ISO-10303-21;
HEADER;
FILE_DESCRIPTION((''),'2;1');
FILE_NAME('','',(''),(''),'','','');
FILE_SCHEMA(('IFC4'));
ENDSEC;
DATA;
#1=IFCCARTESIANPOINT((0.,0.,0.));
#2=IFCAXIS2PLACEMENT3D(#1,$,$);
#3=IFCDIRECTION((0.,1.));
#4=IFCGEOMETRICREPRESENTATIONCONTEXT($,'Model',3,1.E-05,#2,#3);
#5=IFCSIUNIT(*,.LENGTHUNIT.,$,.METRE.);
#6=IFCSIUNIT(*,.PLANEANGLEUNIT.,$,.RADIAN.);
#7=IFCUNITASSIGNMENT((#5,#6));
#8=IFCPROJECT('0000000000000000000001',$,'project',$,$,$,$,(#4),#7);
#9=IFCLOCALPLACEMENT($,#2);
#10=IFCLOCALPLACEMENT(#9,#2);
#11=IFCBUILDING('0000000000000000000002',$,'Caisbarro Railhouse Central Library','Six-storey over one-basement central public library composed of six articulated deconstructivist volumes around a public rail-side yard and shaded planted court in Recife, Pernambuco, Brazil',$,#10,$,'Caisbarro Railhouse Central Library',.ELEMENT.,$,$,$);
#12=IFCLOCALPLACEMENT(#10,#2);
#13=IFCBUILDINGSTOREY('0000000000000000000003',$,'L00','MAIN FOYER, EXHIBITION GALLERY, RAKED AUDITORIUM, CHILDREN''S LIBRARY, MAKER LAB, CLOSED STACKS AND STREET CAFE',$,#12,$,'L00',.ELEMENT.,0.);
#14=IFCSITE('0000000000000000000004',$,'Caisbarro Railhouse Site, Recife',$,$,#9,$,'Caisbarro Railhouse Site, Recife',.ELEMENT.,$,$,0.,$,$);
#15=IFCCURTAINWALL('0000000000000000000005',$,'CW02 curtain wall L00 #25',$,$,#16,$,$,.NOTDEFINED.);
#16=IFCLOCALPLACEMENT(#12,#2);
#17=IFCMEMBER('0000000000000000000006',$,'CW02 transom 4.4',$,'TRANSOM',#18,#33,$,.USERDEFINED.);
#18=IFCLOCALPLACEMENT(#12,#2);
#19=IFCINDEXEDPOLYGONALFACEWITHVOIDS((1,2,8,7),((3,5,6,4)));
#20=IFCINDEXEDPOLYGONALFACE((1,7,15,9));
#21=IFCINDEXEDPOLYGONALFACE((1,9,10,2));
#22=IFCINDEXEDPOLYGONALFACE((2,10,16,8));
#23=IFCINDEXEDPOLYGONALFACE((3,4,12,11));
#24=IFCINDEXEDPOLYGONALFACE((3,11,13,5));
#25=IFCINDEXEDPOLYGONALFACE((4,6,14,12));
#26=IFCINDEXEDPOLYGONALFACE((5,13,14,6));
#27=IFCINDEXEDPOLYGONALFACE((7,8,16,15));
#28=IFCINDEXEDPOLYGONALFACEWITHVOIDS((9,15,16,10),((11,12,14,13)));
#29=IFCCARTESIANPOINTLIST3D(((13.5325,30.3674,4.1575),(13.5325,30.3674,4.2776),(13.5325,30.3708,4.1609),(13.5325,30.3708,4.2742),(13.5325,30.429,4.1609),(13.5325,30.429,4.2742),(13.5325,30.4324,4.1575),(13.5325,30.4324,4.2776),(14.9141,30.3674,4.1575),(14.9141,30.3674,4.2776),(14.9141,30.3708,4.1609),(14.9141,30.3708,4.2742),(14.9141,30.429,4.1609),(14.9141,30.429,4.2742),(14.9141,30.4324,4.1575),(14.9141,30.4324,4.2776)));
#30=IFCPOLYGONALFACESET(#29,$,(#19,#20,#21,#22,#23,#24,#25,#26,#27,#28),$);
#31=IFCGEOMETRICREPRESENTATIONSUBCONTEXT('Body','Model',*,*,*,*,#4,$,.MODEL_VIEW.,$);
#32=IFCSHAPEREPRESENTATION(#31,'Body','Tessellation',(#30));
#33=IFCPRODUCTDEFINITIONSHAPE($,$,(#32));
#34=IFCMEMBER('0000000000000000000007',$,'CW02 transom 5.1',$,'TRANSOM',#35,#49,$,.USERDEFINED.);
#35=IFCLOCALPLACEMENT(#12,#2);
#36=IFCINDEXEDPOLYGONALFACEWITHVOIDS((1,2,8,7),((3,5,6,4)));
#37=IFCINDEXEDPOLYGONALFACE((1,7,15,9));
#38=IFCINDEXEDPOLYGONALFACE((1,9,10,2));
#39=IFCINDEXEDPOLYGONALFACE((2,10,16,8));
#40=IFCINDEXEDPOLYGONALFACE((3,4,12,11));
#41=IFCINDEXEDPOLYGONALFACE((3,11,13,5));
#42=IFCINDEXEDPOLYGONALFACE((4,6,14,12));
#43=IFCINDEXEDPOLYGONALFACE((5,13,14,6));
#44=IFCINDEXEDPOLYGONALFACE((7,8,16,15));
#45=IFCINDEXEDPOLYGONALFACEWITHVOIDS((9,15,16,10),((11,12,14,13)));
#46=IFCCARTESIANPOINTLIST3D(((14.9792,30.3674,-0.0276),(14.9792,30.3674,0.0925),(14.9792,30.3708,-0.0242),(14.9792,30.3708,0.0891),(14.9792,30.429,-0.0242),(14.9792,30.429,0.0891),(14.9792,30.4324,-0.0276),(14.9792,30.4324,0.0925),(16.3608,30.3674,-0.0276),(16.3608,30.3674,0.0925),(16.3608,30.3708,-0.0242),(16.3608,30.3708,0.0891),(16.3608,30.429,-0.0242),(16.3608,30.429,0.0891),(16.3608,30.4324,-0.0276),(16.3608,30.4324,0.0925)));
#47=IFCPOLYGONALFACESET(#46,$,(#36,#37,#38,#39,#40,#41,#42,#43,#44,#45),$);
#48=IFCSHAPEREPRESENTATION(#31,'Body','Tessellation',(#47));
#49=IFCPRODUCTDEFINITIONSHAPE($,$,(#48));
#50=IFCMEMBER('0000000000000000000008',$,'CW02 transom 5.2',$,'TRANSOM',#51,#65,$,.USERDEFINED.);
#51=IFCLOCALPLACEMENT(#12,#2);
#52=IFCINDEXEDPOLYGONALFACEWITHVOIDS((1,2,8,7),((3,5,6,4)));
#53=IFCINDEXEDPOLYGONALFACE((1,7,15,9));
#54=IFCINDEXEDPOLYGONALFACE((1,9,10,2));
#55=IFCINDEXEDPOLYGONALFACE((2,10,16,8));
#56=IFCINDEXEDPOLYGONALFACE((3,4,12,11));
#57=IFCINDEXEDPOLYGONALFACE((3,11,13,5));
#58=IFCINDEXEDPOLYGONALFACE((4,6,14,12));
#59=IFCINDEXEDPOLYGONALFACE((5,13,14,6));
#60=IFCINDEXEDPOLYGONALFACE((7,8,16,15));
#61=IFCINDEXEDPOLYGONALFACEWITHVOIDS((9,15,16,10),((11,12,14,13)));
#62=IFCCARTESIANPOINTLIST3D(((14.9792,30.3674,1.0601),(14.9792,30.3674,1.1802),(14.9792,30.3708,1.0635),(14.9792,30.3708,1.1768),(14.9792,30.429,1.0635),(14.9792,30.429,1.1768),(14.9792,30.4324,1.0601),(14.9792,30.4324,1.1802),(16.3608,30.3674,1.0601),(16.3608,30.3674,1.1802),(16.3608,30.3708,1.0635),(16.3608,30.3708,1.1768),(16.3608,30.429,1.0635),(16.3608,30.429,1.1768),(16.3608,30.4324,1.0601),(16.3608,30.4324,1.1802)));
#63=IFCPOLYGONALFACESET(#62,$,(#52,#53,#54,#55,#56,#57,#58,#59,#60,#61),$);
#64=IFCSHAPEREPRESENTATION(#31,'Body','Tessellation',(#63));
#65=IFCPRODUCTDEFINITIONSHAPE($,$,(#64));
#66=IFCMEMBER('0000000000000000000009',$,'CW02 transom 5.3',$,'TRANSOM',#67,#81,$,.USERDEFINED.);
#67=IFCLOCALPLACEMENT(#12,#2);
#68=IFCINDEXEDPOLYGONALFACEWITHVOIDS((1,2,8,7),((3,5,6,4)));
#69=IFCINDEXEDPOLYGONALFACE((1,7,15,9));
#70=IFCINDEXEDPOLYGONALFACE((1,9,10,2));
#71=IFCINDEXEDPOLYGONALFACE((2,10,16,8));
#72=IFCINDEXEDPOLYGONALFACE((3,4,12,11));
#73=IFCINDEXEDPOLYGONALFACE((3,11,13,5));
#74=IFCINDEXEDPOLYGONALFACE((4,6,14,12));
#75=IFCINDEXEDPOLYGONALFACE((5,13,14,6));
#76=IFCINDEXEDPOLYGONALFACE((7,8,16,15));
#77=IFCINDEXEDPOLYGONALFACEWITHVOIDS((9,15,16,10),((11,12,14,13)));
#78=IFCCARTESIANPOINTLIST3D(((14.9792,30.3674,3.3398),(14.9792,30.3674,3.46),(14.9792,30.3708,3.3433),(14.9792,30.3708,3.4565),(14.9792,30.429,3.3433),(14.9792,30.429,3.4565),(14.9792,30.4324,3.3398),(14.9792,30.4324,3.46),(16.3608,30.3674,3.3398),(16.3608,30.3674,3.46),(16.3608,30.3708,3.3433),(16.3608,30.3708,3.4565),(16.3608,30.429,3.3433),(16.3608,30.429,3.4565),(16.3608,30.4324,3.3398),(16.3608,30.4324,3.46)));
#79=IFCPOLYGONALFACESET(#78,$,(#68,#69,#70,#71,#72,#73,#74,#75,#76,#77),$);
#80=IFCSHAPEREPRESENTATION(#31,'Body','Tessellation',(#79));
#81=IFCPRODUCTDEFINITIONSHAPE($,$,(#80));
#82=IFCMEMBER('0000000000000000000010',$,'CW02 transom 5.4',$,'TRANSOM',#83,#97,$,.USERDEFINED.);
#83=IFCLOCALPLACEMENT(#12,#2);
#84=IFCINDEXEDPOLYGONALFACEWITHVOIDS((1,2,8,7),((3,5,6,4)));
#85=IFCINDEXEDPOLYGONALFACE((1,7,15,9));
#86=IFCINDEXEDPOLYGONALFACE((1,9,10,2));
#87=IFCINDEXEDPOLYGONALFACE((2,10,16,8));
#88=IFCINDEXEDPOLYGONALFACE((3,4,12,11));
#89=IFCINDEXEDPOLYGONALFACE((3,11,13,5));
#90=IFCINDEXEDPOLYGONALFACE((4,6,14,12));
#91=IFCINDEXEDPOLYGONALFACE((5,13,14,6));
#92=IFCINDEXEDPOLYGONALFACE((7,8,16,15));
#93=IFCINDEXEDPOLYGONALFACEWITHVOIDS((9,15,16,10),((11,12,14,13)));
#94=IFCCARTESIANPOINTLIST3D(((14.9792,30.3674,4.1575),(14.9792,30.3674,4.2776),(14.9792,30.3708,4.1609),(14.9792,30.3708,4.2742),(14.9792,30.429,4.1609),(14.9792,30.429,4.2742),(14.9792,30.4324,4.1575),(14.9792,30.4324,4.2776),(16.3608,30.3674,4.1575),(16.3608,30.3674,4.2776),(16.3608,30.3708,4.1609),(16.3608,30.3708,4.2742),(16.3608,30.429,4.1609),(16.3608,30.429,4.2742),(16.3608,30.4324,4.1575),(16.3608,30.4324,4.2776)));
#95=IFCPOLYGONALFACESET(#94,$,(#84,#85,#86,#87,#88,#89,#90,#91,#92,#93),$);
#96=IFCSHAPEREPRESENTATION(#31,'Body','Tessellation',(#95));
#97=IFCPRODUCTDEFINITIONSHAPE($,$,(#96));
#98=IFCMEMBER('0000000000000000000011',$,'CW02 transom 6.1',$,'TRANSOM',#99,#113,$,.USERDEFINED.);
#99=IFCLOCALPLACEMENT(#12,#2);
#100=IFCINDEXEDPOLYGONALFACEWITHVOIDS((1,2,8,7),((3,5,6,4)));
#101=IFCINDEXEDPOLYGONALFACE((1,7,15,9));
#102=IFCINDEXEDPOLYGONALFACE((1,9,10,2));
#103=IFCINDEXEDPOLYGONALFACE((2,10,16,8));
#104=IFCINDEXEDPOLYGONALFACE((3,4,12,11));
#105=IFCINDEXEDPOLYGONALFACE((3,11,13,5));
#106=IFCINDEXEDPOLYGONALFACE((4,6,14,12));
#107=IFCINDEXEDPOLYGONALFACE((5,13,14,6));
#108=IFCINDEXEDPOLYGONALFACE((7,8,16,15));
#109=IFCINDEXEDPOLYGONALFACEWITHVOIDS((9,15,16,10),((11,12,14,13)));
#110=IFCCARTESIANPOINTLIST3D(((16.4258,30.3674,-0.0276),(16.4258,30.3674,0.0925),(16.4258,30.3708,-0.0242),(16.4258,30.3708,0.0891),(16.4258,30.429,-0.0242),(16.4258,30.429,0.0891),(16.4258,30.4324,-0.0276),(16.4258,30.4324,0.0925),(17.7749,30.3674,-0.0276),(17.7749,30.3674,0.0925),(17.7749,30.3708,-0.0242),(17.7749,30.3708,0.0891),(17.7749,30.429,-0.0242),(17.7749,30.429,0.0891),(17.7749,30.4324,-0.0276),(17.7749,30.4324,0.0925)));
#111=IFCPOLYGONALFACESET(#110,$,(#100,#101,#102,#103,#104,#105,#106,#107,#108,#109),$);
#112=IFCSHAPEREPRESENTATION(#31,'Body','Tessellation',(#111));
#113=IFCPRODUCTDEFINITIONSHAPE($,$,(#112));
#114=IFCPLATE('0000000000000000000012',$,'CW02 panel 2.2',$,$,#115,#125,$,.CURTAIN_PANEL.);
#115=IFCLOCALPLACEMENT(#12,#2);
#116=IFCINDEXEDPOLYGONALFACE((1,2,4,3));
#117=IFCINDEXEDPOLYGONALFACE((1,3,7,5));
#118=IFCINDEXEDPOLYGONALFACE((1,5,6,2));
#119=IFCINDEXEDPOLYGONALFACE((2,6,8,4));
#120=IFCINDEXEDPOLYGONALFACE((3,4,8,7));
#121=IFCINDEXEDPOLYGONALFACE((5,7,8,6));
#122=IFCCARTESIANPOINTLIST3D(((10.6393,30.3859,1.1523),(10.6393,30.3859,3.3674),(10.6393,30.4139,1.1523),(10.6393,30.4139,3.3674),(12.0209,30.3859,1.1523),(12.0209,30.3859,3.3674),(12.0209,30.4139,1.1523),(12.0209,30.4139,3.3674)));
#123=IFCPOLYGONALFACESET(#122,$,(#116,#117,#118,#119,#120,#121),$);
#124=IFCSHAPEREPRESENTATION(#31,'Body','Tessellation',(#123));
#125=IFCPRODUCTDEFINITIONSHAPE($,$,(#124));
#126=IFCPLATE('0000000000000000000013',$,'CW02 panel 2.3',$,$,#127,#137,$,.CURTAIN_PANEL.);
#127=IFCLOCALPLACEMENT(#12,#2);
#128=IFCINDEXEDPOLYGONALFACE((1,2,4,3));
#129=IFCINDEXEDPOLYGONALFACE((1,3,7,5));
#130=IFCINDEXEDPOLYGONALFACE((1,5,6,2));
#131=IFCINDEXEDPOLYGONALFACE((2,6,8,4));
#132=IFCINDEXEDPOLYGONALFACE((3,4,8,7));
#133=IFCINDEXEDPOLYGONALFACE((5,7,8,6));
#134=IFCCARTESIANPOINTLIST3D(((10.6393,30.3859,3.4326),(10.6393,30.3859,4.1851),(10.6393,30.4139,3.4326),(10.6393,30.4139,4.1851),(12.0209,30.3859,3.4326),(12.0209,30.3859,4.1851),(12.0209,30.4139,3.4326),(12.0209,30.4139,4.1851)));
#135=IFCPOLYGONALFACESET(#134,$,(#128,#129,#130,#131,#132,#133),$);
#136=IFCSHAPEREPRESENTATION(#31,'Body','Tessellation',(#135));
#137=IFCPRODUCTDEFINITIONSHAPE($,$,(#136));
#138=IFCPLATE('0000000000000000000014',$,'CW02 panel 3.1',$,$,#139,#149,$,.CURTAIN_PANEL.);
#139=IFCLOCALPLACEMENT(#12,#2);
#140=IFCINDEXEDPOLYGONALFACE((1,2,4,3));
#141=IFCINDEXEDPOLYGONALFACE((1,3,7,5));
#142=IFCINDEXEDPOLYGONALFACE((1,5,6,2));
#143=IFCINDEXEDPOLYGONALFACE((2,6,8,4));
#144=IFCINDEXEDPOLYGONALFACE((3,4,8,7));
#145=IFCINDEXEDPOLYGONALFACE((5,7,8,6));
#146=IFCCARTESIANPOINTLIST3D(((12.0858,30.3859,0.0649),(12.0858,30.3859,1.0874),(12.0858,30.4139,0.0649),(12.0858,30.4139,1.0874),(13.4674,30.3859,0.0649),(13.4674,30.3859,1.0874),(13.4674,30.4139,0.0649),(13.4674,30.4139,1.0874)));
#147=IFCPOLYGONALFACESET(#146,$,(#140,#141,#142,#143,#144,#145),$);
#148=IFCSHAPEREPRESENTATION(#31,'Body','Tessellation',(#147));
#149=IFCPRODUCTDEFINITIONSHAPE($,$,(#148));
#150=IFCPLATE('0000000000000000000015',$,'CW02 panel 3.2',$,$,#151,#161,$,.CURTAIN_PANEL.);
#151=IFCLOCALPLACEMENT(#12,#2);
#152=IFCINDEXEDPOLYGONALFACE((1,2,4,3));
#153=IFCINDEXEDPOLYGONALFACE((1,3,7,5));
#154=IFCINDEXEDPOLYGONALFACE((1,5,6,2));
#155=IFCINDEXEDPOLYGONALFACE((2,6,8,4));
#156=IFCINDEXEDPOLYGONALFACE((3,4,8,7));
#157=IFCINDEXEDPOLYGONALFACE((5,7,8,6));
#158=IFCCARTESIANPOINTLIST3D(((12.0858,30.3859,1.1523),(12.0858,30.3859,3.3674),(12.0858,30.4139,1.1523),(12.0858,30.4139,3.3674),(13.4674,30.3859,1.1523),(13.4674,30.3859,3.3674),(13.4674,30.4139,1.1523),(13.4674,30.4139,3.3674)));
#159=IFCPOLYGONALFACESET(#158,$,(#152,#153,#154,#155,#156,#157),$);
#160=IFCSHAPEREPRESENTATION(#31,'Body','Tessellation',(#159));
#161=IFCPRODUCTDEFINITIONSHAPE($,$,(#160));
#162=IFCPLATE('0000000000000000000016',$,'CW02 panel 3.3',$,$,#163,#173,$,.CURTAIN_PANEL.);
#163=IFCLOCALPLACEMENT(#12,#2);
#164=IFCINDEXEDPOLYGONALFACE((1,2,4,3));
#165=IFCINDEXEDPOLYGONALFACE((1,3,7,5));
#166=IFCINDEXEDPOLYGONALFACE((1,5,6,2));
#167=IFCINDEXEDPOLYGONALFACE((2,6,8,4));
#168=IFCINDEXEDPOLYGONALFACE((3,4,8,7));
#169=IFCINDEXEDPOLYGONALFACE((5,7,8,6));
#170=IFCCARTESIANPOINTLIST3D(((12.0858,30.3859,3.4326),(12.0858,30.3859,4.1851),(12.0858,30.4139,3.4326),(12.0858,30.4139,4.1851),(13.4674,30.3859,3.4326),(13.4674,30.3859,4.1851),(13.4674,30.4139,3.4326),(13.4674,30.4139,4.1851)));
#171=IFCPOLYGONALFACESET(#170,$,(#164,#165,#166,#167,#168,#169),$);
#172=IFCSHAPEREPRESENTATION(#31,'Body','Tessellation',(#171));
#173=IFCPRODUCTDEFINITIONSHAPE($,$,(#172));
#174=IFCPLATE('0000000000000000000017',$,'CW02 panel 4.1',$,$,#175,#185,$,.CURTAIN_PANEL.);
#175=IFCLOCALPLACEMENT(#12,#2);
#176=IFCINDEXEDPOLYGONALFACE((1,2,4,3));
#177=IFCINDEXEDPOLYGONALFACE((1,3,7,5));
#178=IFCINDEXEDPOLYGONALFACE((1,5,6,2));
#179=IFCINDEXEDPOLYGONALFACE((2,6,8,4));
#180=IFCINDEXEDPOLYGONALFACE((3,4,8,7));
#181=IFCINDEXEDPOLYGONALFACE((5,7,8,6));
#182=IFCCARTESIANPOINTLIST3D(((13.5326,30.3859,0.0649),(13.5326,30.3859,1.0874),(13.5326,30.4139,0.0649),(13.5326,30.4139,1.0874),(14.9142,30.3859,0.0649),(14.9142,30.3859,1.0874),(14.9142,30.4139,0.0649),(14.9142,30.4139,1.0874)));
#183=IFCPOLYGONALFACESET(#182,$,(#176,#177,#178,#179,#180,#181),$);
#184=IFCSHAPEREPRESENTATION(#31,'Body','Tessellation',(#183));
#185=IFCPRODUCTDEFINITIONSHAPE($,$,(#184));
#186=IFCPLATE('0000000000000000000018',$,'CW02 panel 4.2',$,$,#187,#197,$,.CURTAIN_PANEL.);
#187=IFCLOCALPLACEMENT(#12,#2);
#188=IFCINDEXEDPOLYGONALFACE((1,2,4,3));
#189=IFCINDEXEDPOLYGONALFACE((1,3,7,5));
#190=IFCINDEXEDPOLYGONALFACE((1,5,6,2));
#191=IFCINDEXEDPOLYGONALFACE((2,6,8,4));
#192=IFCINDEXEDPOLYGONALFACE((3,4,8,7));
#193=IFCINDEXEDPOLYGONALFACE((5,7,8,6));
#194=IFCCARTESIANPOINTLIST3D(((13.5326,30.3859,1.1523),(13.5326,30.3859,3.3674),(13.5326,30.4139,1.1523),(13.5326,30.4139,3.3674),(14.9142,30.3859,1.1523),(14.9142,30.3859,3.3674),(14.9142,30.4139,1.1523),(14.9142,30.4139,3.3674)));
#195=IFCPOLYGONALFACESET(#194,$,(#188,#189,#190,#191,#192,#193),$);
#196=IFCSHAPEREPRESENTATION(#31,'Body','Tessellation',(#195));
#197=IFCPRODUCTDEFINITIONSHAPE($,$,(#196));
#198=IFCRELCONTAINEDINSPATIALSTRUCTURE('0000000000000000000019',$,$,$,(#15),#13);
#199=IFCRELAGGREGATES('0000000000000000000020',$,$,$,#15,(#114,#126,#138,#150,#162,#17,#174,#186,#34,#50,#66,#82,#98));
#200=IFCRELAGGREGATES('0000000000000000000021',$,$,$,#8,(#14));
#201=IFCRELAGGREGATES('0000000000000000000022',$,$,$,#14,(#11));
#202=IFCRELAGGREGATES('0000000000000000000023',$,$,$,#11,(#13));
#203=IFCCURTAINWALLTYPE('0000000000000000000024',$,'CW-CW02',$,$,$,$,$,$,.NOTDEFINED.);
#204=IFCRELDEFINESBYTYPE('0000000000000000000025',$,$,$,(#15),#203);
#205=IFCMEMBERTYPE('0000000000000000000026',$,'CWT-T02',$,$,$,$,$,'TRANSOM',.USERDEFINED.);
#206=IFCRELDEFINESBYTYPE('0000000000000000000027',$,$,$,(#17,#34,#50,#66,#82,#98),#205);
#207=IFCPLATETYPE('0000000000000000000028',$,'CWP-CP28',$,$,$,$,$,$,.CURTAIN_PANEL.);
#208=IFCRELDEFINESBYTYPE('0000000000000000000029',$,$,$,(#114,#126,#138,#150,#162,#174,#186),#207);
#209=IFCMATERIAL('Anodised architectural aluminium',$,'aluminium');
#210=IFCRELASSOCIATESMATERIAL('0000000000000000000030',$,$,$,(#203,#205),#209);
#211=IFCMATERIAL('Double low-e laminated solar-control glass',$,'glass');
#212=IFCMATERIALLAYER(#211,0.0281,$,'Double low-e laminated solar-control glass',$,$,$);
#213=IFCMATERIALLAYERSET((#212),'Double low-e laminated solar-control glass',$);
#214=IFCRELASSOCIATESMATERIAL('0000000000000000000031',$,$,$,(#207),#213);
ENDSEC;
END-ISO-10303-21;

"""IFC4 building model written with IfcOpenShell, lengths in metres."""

from ifc_helpers import new_model, si_unit, direction, frame, origin, origin_2d, place, context, subcontext, project, spatial, rectangle, hollow_rectangle, extrude, material, layer, layer_set, material_profile, profile_set, type_object, element, aggregate, save


model = new_model("IFC4")

# Units and contexts
model_context = context("Model", 3, precision=1e-05, world=origin(), true_north=direction((0.0, 1.0)))
body_context = subcontext(model_context, "Body", "Model", "MODEL_VIEW")
ifc_project = project(units=[si_unit("LENGTHUNIT", "METRE"), si_unit("PLANEANGLEUNIT", "RADIAN")], contexts=[model_context])

# Site, building, storey
site_placement = place(None, origin())
site = spatial("IfcSite", under=ifc_project, at=site_placement, Name="Caisbarro Railhouse Site, Recife", LongName="Caisbarro Railhouse Site, Recife", CompositionType="ELEMENT", RefElevation=0.0)
building_placement = place(site_placement, origin())
building = spatial("IfcBuilding", under=site, at=building_placement, Name="Caisbarro Railhouse Central Library", Description="Six-storey over one-basement central public library composed of six articulated deconstructivist volumes around a public rail-side yard and shaded planted court in Recife, Pernambuco, Brazil", LongName="Caisbarro Railhouse Central Library", CompositionType="ELEMENT")
storey_placement = place(building_placement, origin())
storey = spatial("IfcBuildingStorey", under=building, at=storey_placement, Name="L00", Description="MAIN FOYER, EXHIBITION GALLERY, RAKED AUDITORIUM, CHILDREN'S LIBRARY, MAKER LAB, CLOSED STACKS AND STREET CAFE", LongName="L00", CompositionType="ELEMENT", Elevation=0.0)

# Curtain wall, members, plates
ifc_material_1 = material(Name="Anodised architectural aluminium", Category="aluminium")
curtain_wall_type = type_object("IfcCurtainWallType", Name="CW-CW02", PredefinedType="NOTDEFINED", material=ifc_material_1)
curtain_wall_placement = place(storey_placement, origin())
curtain_wall = element("IfcCurtainWall", 1, at=curtain_wall_placement, inside=storey, type_object=curtain_wall_type, Name="CW02 curtain wall L00 #25", PredefinedType="NOTDEFINED")
ifc_material_profile_1 = material_profile(ifc_material_1, hollow_rectangle(XDim=0.0649, YDim=0.1201, WallThickness=0.0034, at=origin_2d()), Name="ALU-TRN-65X120")
ifc_profile_set_1 = profile_set([ifc_material_profile_1], Name="Anodised architectural aluminium")
member_type_1 = type_object("IfcMemberType", Name="CWT-T02", ElementType="TRANSOM", PredefinedType="USERDEFINED", material=ifc_profile_set_1)
member_1_placement = place(storey_placement, frame((13.5325, 30.3999, 4.2175), z_axis=(1.0, 0.0, 0.0), x_axis=(0.0, 1.0, 0.0)))
member_1 = element("IfcMember", 2, at=member_1_placement, type_object=member_type_1, Name="CW02 transom 4.4", ObjectType="TRANSOM", PredefinedType="USERDEFINED", context=body_context, shape_type="SweptSolid", body=[
    extrude(hollow_rectangle(XDim=0.0649, YDim=0.1201, WallThickness=0.0034, at=origin_2d()), origin(), (0.0, 0.0, 1.0), 1.3816),
])
member_2_placement = place(storey_placement, frame((14.9792, 30.3999, 0.0325), z_axis=(1.0, 0.0, 0.0), x_axis=(0.0, 1.0, 0.0)))
member_2 = element("IfcMember", 3, at=member_2_placement, type_object=member_type_1, Name="CW02 transom 5.1", ObjectType="TRANSOM", PredefinedType="USERDEFINED", context=body_context, shape_type="SweptSolid", body=[
    extrude(hollow_rectangle(XDim=0.0649, YDim=0.1201, WallThickness=0.0034, at=origin_2d()), origin(), (0.0, 0.0, 1.0), 1.3816),
])
member_3_placement = place(storey_placement, frame((14.9792, 30.3999, 1.1201), z_axis=(1.0, 0.0, 0.0), x_axis=(0.0, 1.0, 0.0)))
member_3 = element("IfcMember", 4, at=member_3_placement, type_object=member_type_1, Name="CW02 transom 5.2", ObjectType="TRANSOM", PredefinedType="USERDEFINED", context=body_context, shape_type="SweptSolid", body=[
    extrude(hollow_rectangle(XDim=0.0649, YDim=0.1201, WallThickness=0.0034, at=origin_2d()), origin(), (0.0, 0.0, 1.0), 1.3816),
])
member_4_placement = place(storey_placement, frame((14.9792, 30.3999, 3.3999), z_axis=(1.0, 0.0, 0.0), x_axis=(0.0, 1.0, 0.0)))
member_4 = element("IfcMember", 5, at=member_4_placement, type_object=member_type_1, Name="CW02 transom 5.3", ObjectType="TRANSOM", PredefinedType="USERDEFINED", context=body_context, shape_type="SweptSolid", body=[
    extrude(hollow_rectangle(XDim=0.0649, YDim=0.1201, WallThickness=0.0034, at=origin_2d()), origin(), (0.0, 0.0, 1.0), 1.3816),
])
member_5_placement = place(storey_placement, frame((14.9792, 30.3999, 4.2175), z_axis=(1.0, 0.0, 0.0), x_axis=(0.0, 1.0, 0.0)))
member_5 = element("IfcMember", 6, at=member_5_placement, type_object=member_type_1, Name="CW02 transom 5.4", ObjectType="TRANSOM", PredefinedType="USERDEFINED", context=body_context, shape_type="SweptSolid", body=[
    extrude(hollow_rectangle(XDim=0.0649, YDim=0.1201, WallThickness=0.0034, at=origin_2d()), origin(), (0.0, 0.0, 1.0), 1.3816),
])
member_6_placement = place(storey_placement, frame((16.4258, 30.3999, 0.0325), z_axis=(1.0, 0.0, 0.0), x_axis=(0.0, 1.0, 0.0)))
member_6 = element("IfcMember", 7, at=member_6_placement, type_object=member_type_1, Name="CW02 transom 6.1", ObjectType="TRANSOM", PredefinedType="USERDEFINED", context=body_context, shape_type="SweptSolid", body=[
    extrude(hollow_rectangle(XDim=0.0649, YDim=0.1201, WallThickness=0.0034, at=origin_2d()), origin(), (0.0, 0.0, 1.0), 1.3491),
])
ifc_material_2 = material(Name="Double low-e laminated solar-control glass", Category="glass")
ifc_layer = layer(ifc_material_2, 0.0281, Name="Double low-e laminated solar-control glass")
ifc_layer_set = layer_set([ifc_layer], Name="Double low-e laminated solar-control glass")
plate_type = type_object("IfcPlateType", Name="CWP-CP28", PredefinedType="CURTAIN_PANEL", material=ifc_layer_set)
plate_1_placement = place(storey_placement, frame((11.3301, 30.3999, 1.1523), z_axis=(0.0, 0.0, 1.0), x_axis=(1.0, 0.0, 0.0)))
plate_1 = element("IfcPlate", 8, at=plate_1_placement, type_object=plate_type, Name="CW02 panel 2.2", PredefinedType="CURTAIN_PANEL", context=body_context, shape_type="SweptSolid", body=[
    extrude(rectangle(XDim=1.3816, YDim=0.0281, at=origin_2d()), origin(), (0.0, 0.0, 1.0), 2.2151),
])
plate_2_placement = place(storey_placement, frame((11.3301, 30.3999, 3.4326), z_axis=(0.0, 0.0, 1.0), x_axis=(1.0, 0.0, 0.0)))
plate_2 = element("IfcPlate", 9, at=plate_2_placement, type_object=plate_type, Name="CW02 panel 2.3", PredefinedType="CURTAIN_PANEL", context=body_context, shape_type="SweptSolid", body=[
    extrude(rectangle(XDim=1.3816, YDim=0.0281, at=origin_2d()), origin(), (0.0, 0.0, 1.0), 0.7524),
])
plate_3_placement = place(storey_placement, frame((12.7766, 30.3999, 0.0649), z_axis=(0.0, 0.0, 1.0), x_axis=(1.0, 0.0, 0.0)))
plate_3 = element("IfcPlate", 10, at=plate_3_placement, type_object=plate_type, Name="CW02 panel 3.1", PredefinedType="CURTAIN_PANEL", context=body_context, shape_type="SweptSolid", body=[
    extrude(rectangle(XDim=1.3816, YDim=0.0281, at=origin_2d()), origin(), (0.0, 0.0, 1.0), 1.0225),
])
plate_4_placement = place(storey_placement, frame((12.7766, 30.3999, 1.1523), z_axis=(0.0, 0.0, 1.0), x_axis=(1.0, 0.0, 0.0)))
plate_4 = element("IfcPlate", 11, at=plate_4_placement, type_object=plate_type, Name="CW02 panel 3.2", PredefinedType="CURTAIN_PANEL", context=body_context, shape_type="SweptSolid", body=[
    extrude(rectangle(XDim=1.3816, YDim=0.0281, at=origin_2d()), origin(), (0.0, 0.0, 1.0), 2.2151),
])
plate_5_placement = place(storey_placement, frame((12.7766, 30.3999, 3.4326), z_axis=(0.0, 0.0, 1.0), x_axis=(1.0, 0.0, 0.0)))
plate_5 = element("IfcPlate", 12, at=plate_5_placement, type_object=plate_type, Name="CW02 panel 3.3", PredefinedType="CURTAIN_PANEL", context=body_context, shape_type="SweptSolid", body=[
    extrude(rectangle(XDim=1.3816, YDim=0.0281, at=origin_2d()), origin(), (0.0, 0.0, 1.0), 0.7524),
])
plate_6_placement = place(storey_placement, frame((14.2234, 30.3999, 0.0649), z_axis=(0.0, 0.0, 1.0), x_axis=(1.0, 0.0, 0.0)))
plate_6 = element("IfcPlate", 13, at=plate_6_placement, type_object=plate_type, Name="CW02 panel 4.1", PredefinedType="CURTAIN_PANEL", context=body_context, shape_type="SweptSolid", body=[
    extrude(rectangle(XDim=1.3816, YDim=0.0281, at=origin_2d()), origin(), (0.0, 0.0, 1.0), 1.0225),
])
plate_7_placement = place(storey_placement, frame((14.2234, 30.3999, 1.1523), z_axis=(0.0, 0.0, 1.0), x_axis=(1.0, 0.0, 0.0)))
plate_7 = element("IfcPlate", 14, at=plate_7_placement, type_object=plate_type, Name="CW02 panel 4.2", PredefinedType="CURTAIN_PANEL", context=body_context, shape_type="SweptSolid", body=[
    extrude(rectangle(XDim=1.3816, YDim=0.0281, at=origin_2d()), origin(), (0.0, 0.0, 1.0), 2.2151),
])
aggregate(curtain_wall, [plate_1, plate_2, plate_3, plate_4, plate_5, member_1, plate_6, plate_7, member_2, member_3, member_4, member_5, member_6])

save(model, "model.ifc")
